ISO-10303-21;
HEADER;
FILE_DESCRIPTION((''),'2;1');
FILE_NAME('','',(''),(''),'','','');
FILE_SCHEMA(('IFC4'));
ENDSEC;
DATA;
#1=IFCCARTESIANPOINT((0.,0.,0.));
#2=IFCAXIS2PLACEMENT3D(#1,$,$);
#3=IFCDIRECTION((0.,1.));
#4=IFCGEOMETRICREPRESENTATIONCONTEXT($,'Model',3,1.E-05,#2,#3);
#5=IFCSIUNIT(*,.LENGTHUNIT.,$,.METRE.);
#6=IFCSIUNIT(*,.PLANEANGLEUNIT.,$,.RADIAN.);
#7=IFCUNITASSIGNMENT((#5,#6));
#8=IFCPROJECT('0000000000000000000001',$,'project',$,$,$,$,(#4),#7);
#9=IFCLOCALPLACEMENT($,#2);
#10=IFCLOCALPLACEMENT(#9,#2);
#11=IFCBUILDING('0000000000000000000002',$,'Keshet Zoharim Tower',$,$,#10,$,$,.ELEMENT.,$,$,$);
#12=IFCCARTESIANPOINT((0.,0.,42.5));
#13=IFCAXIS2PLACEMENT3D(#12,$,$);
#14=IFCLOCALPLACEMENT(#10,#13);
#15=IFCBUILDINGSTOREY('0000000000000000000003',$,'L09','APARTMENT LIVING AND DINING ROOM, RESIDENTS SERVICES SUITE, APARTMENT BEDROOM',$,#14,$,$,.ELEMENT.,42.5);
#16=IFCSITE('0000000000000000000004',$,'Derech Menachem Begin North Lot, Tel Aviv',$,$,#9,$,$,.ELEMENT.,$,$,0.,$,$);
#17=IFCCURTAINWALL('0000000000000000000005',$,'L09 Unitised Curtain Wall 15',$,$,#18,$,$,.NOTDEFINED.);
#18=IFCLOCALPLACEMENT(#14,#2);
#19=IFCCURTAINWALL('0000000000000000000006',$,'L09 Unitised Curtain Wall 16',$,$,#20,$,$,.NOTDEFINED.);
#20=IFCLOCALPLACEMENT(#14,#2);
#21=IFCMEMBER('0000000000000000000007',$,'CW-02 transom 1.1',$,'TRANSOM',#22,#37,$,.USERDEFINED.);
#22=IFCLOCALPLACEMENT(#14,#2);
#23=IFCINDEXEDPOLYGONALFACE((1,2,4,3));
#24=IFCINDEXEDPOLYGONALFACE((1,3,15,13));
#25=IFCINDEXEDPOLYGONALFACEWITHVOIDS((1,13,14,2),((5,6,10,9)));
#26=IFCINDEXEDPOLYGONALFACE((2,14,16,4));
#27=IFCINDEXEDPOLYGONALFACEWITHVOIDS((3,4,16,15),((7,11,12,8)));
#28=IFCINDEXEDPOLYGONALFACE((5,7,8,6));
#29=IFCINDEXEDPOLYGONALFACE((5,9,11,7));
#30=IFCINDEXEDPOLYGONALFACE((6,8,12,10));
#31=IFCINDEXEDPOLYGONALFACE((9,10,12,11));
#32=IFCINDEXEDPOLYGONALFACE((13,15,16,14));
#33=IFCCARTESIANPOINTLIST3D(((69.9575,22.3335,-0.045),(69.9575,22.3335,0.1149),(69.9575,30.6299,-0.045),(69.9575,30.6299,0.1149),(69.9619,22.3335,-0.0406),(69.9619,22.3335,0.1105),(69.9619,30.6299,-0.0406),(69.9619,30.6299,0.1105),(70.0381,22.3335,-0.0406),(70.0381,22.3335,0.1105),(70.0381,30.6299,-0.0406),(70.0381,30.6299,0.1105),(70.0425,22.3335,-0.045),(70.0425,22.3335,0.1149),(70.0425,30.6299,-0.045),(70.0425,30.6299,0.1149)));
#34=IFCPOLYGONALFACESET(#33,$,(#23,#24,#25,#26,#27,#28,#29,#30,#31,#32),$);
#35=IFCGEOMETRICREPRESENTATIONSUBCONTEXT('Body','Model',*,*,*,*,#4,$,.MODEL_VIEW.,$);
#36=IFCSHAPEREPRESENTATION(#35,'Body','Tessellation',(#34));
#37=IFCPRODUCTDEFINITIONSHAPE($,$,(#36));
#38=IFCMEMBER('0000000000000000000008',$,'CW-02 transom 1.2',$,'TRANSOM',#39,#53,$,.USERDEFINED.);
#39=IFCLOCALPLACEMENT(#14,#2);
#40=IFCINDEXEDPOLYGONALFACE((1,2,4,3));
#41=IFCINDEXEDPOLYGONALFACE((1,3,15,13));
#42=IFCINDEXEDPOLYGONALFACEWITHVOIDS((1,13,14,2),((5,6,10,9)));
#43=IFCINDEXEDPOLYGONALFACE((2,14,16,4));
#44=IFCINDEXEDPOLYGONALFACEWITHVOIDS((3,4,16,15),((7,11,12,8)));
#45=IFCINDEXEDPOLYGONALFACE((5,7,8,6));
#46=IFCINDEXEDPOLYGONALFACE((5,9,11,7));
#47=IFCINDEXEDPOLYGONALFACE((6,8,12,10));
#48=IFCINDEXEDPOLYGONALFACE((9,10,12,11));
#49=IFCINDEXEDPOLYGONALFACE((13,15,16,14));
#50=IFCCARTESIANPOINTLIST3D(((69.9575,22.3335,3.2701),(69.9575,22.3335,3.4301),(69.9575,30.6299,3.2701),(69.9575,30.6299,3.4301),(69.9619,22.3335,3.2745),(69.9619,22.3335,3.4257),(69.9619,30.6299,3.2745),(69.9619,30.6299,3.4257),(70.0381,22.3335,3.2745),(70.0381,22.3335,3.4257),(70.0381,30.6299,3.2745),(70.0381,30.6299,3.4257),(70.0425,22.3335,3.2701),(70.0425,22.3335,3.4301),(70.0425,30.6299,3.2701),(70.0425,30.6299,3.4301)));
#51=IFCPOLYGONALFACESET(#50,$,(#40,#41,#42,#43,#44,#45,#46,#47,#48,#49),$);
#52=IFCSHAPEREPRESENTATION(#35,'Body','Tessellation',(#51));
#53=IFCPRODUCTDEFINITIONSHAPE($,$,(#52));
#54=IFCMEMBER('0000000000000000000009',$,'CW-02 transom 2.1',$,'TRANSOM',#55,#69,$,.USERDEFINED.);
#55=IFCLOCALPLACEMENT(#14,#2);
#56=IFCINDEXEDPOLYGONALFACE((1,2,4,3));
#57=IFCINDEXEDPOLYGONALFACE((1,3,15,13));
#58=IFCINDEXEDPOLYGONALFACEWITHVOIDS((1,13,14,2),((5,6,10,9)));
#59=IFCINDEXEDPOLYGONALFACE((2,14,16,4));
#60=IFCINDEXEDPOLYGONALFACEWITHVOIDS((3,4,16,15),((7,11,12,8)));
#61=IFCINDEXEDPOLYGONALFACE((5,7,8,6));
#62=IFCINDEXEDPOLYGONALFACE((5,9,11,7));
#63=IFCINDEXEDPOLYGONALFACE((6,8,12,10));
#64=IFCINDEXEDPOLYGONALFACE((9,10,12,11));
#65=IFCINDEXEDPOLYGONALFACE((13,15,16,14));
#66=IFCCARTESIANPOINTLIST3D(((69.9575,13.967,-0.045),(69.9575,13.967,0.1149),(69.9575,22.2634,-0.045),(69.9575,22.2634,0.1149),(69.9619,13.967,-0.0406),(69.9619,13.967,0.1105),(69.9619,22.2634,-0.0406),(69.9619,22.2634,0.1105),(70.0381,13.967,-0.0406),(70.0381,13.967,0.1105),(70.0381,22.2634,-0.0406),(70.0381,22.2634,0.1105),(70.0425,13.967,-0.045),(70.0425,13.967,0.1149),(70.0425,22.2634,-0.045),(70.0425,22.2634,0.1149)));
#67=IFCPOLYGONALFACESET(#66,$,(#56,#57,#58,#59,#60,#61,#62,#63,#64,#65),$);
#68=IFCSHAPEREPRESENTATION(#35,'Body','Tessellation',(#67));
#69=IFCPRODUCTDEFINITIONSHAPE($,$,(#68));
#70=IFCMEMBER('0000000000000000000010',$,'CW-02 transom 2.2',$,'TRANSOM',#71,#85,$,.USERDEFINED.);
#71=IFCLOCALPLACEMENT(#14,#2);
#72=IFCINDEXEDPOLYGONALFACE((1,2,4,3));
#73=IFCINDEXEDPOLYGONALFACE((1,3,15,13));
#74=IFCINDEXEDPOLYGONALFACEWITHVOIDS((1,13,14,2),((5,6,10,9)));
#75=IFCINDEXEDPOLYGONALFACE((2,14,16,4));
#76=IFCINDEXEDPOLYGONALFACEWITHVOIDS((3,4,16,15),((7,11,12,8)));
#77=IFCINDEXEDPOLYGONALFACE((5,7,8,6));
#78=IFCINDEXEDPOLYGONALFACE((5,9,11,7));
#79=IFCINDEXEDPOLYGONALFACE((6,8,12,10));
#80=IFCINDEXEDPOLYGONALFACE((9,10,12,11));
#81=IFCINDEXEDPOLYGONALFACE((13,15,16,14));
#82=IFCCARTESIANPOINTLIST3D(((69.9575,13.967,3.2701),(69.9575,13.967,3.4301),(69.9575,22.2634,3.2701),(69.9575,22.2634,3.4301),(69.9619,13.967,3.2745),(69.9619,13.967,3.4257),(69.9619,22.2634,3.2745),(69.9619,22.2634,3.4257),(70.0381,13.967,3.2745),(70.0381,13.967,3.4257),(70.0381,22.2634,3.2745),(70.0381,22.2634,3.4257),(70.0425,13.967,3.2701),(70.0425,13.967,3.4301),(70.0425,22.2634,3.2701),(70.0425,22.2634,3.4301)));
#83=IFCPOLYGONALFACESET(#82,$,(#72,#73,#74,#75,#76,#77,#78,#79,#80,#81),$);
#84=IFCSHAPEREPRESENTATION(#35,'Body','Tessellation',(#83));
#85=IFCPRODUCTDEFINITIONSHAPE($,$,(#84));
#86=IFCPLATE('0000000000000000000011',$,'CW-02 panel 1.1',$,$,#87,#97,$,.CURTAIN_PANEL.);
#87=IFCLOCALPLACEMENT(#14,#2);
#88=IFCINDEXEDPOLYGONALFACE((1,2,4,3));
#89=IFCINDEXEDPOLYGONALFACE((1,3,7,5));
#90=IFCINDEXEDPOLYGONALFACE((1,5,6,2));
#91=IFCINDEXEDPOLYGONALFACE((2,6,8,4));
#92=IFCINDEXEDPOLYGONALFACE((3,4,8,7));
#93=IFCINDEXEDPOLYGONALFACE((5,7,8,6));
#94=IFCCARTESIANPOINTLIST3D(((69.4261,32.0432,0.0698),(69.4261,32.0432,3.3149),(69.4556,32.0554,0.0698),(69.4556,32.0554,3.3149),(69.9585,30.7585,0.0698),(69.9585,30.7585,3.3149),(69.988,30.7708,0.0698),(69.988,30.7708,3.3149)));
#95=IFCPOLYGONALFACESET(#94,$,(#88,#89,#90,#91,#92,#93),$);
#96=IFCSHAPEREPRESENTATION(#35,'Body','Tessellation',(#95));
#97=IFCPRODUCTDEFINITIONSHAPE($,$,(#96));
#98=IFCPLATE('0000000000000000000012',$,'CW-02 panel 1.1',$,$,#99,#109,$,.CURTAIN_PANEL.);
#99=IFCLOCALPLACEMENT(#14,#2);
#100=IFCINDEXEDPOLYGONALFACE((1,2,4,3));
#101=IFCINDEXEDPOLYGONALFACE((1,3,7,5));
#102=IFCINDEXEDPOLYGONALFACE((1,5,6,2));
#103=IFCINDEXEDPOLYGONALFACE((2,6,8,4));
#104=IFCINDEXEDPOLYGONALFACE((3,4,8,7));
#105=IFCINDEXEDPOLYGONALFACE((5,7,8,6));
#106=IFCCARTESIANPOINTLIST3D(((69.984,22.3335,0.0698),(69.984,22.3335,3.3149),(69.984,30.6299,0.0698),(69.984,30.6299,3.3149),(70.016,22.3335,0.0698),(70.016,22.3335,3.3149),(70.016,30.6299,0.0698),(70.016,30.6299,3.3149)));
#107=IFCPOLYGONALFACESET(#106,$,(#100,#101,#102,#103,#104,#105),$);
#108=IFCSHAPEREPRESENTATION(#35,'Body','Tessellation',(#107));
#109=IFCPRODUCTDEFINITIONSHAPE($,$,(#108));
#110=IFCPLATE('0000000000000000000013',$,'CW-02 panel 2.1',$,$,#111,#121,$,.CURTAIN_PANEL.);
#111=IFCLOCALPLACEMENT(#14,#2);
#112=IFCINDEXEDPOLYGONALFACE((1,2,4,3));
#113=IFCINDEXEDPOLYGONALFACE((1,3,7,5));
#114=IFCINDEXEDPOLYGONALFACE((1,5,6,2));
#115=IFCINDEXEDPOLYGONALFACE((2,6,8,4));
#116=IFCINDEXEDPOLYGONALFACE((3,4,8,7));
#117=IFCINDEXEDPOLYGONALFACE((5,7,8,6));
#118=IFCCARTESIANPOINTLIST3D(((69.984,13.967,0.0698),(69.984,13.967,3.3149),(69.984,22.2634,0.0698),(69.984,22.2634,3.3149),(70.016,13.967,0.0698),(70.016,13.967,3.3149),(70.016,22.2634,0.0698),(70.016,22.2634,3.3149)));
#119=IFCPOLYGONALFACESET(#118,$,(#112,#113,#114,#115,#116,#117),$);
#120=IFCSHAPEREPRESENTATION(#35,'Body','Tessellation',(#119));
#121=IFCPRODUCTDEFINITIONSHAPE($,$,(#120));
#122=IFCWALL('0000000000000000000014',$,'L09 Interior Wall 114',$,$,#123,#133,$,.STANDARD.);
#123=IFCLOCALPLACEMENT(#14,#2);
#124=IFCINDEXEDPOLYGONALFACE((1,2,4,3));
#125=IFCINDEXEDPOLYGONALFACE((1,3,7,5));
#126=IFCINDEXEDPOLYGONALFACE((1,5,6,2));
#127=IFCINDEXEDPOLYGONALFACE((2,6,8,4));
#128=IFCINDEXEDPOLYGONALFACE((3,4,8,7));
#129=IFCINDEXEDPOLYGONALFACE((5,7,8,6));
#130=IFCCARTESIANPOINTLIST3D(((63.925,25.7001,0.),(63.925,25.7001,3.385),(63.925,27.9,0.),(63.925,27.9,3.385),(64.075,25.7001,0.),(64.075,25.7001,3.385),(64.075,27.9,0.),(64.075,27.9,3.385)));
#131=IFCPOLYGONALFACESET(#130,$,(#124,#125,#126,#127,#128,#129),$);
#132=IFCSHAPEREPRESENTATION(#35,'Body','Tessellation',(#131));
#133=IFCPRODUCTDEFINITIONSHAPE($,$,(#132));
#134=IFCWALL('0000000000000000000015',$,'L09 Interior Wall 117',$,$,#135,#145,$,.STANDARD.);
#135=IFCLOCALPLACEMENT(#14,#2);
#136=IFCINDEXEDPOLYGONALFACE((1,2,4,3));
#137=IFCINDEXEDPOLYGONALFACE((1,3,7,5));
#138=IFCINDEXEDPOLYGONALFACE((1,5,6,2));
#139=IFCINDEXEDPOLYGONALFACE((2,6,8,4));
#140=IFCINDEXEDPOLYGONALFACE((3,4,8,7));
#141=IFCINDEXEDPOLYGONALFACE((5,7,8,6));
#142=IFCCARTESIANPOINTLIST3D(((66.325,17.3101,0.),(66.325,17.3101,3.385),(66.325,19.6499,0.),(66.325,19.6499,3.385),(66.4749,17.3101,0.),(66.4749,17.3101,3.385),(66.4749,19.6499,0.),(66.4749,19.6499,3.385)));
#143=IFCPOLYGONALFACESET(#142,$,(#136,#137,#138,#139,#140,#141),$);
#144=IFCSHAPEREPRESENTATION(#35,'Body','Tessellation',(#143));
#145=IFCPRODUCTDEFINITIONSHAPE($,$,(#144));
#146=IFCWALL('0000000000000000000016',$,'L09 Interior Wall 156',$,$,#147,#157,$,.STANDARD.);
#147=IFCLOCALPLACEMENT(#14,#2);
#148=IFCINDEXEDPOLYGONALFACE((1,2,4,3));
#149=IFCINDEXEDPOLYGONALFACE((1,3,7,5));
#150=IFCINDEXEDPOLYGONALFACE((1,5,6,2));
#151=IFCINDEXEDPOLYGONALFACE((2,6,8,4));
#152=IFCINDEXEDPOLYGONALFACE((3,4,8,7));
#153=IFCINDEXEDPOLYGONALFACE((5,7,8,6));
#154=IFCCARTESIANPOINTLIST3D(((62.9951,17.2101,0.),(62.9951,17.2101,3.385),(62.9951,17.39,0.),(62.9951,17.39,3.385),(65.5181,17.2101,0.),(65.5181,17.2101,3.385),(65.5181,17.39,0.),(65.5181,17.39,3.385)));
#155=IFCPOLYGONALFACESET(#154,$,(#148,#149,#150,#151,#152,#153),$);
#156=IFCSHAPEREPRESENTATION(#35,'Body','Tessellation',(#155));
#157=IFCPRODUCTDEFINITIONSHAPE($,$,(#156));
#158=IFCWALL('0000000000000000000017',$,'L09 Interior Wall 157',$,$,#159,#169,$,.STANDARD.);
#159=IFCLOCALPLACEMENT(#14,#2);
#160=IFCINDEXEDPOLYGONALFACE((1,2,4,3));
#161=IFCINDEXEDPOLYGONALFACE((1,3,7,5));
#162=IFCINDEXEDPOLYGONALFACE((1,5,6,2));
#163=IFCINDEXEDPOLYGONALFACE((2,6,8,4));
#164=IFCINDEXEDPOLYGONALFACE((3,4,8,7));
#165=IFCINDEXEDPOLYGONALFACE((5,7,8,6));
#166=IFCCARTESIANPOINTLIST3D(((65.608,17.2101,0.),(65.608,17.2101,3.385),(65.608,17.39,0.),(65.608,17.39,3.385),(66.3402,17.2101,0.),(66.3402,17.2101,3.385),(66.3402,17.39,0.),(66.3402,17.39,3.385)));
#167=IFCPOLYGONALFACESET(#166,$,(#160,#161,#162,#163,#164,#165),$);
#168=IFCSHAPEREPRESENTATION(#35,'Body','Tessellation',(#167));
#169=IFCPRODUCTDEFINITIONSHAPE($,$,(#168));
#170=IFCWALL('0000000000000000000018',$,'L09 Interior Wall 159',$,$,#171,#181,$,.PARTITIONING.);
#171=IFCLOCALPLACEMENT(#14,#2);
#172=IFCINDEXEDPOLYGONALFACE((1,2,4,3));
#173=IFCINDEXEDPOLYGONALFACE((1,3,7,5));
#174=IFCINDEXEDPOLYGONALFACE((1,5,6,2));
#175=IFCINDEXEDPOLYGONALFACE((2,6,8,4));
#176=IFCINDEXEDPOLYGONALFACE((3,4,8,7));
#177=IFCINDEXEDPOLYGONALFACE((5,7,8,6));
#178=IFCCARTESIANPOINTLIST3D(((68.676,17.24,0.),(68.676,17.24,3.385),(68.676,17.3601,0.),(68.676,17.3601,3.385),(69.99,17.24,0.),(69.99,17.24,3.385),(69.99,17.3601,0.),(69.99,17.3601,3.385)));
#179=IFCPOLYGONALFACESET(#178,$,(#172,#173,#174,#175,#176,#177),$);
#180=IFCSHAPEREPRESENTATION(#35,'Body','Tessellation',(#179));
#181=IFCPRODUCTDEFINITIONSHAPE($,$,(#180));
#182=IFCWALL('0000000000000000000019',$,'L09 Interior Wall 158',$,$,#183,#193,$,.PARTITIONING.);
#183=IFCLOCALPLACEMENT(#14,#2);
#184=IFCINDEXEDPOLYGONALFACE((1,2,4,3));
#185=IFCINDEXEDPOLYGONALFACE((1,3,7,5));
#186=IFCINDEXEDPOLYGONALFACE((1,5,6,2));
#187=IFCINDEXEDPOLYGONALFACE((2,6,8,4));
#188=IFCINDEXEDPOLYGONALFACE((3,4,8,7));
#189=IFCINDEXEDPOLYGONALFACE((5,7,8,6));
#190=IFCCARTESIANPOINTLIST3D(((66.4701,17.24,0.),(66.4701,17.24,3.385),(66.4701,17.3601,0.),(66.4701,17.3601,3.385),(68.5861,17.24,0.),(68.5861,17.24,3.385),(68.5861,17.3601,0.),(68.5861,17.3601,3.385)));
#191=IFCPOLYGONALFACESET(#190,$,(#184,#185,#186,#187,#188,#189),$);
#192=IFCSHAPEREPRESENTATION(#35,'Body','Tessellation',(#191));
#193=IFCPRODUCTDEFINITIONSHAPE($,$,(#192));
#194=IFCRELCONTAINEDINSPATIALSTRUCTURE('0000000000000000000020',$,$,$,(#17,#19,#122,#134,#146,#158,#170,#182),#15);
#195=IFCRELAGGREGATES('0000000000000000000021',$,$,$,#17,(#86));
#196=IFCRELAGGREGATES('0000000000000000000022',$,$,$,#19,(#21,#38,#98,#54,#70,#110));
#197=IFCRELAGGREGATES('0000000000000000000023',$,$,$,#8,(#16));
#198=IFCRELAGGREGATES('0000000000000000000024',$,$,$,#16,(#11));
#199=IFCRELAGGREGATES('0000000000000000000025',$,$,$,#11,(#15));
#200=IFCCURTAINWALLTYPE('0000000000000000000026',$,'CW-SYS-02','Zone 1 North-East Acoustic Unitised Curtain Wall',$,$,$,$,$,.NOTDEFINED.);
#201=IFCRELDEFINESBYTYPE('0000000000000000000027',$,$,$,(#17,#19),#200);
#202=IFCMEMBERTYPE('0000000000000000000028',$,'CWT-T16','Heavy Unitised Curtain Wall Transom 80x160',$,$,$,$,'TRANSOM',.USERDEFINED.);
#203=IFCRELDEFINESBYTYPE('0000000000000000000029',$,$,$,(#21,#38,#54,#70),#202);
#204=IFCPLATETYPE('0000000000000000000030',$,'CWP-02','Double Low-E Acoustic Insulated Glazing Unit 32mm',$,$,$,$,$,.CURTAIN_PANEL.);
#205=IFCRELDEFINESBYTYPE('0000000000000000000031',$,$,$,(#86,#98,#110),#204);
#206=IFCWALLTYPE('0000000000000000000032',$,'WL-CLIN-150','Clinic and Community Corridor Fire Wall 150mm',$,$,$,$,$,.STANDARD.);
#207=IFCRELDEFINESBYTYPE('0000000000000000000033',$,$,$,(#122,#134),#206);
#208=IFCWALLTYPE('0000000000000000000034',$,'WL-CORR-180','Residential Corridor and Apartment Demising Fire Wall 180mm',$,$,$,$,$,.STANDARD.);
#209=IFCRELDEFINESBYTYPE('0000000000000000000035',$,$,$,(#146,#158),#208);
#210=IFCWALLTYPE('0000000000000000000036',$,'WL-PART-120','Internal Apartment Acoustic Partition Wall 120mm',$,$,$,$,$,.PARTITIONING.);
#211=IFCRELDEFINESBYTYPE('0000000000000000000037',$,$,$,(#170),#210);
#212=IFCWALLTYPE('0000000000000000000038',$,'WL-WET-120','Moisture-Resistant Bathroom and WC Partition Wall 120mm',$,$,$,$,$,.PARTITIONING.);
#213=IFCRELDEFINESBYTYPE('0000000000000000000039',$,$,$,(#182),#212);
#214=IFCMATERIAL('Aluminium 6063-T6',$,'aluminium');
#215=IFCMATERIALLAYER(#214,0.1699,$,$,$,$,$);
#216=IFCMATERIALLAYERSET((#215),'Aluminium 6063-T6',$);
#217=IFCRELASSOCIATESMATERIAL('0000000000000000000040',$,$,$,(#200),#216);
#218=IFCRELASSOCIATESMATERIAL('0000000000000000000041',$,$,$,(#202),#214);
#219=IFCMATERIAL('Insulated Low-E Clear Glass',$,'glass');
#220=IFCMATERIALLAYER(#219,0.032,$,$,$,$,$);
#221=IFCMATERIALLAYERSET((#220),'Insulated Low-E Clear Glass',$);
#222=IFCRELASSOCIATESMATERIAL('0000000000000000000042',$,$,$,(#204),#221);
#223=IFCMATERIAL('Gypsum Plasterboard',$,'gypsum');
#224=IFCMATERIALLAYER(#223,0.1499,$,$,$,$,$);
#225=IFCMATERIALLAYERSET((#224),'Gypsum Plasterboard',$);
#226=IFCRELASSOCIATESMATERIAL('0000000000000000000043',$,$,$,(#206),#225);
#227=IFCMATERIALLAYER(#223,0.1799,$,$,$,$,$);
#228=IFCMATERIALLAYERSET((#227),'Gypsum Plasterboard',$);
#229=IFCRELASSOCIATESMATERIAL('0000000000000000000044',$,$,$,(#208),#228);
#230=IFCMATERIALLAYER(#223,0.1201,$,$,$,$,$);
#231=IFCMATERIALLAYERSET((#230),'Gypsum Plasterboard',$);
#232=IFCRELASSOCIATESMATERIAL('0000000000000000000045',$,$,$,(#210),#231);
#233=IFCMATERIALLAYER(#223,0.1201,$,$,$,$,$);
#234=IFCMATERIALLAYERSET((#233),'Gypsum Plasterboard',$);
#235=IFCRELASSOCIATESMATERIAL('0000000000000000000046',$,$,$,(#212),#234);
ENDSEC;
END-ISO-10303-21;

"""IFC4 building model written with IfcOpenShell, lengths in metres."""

from ifc_helpers import new_model, si_unit, direction, frame, frame_2d, origin, origin_2d, place, context, subcontext, project, spatial, rectangle, hollow_rectangle, extrude, material, layer, layer_set, material_profile, profile_set, type_object, element, aggregate, save


model = new_model("IFC4")

# Units and contexts
model_context = context("Model", 3, precision=1e-05, world=origin(), true_north=direction((0.0, 1.0)))
body_context = subcontext(model_context, "Body", "Model", "MODEL_VIEW")
ifc_project = project(units=[si_unit("LENGTHUNIT", "METRE"), si_unit("PLANEANGLEUNIT", "RADIAN")], contexts=[model_context])

# Site, building, storey
site_placement = place(None, origin())
site = spatial("IfcSite", under=ifc_project, at=site_placement, Name="Derech Menachem Begin North Lot, Tel Aviv", CompositionType="ELEMENT", RefElevation=0.0)
building_placement = place(site_placement, origin())
building = spatial("IfcBuilding", under=site, at=building_placement, Name="Keshet Zoharim Tower", CompositionType="ELEMENT")
storey_placement = place(building_placement, frame((0.0, 0.0, 42.5)))
storey = spatial("IfcBuildingStorey", under=building, at=storey_placement, Name="L09", Description="APARTMENT LIVING AND DINING ROOM, RESIDENTS SERVICES SUITE, APARTMENT BEDROOM", CompositionType="ELEMENT", Elevation=42.5)

# Curtain wall
ifc_material_1 = material(Name="Aluminium 6063-T6", Category="aluminium")
ifc_layer_1 = layer(ifc_material_1, 0.1699)
ifc_layer_set_1 = layer_set([ifc_layer_1], Name="Aluminium 6063-T6")
curtain_wall_type = type_object("IfcCurtainWallType", Name="CW-SYS-02", Description="Zone 1 North-East Acoustic Unitised Curtain Wall", PredefinedType="NOTDEFINED", material=ifc_layer_set_1)
curtain_wall_1_placement = place(storey_placement, origin())
curtain_wall_1 = element("IfcCurtainWall", 1, at=curtain_wall_1_placement, inside=storey, type_object=curtain_wall_type, Name="L09 Unitised Curtain Wall 15", PredefinedType="NOTDEFINED")

# Curtain wall, members
curtain_wall_2_placement = place(storey_placement, origin())
curtain_wall_2 = element("IfcCurtainWall", 2, at=curtain_wall_2_placement, inside=storey, type_object=curtain_wall_type, Name="L09 Unitised Curtain Wall 16", PredefinedType="NOTDEFINED")
ifc_material_profile_1 = material_profile(ifc_material_1, hollow_rectangle(XDim=0.085, YDim=0.1599, WallThickness=0.0044, at=origin_2d()), Name="TRN-85x160")
ifc_profile_set_1 = profile_set([ifc_material_profile_1], Name="Aluminium 6063-T6")
member_type_1 = type_object("IfcMemberType", Name="CWT-T16", Description="Heavy Unitised Curtain Wall Transom 80x160", ElementType="TRANSOM", PredefinedType="USERDEFINED", material=ifc_profile_set_1)
member_1_placement = place(storey_placement, frame((70.0, 30.6299, 0.0349), z_axis=(0.0, -1.0, 0.0), x_axis=(1.0, 0.0, 0.0)))
member_1 = element("IfcMember", 3, at=member_1_placement, type_object=member_type_1, Name="CW-02 transom 1.1", ObjectType="TRANSOM", PredefinedType="USERDEFINED", context=body_context, shape_type="SweptSolid", body=[
    extrude(hollow_rectangle(XDim=0.085, YDim=0.1599, WallThickness=0.0044, at=origin_2d()), origin(), (0.0, 0.0, 1.0), 8.2964),
])
member_2_placement = place(storey_placement, frame((70.0, 30.6299, 3.3501), z_axis=(0.0, -1.0, 0.0), x_axis=(1.0, 0.0, 0.0)))
member_2 = element("IfcMember", 4, at=member_2_placement, type_object=member_type_1, Name="CW-02 transom 1.2", ObjectType="TRANSOM", PredefinedType="USERDEFINED", context=body_context, shape_type="SweptSolid", body=[
    extrude(hollow_rectangle(XDim=0.085, YDim=0.1599, WallThickness=0.0044, at=origin_2d()), origin(), (0.0, 0.0, 1.0), 8.2964),
])
member_3_placement = place(storey_placement, frame((70.0, 22.2634, 0.0349), z_axis=(0.0, -1.0, 0.0), x_axis=(1.0, 0.0, 0.0)))
member_3 = element("IfcMember", 5, at=member_3_placement, type_object=member_type_1, Name="CW-02 transom 2.1", ObjectType="TRANSOM", PredefinedType="USERDEFINED", context=body_context, shape_type="SweptSolid", body=[
    extrude(hollow_rectangle(XDim=0.085, YDim=0.1599, WallThickness=0.0044, at=origin_2d()), origin(), (0.0, 0.0, 1.0), 8.2964),
])
member_4_placement = place(storey_placement, frame((70.0, 22.2634, 3.3501), z_axis=(0.0, -1.0, 0.0), x_axis=(1.0, 0.0, 0.0)))
member_4 = element("IfcMember", 6, at=member_4_placement, type_object=member_type_1, Name="CW-02 transom 2.2", ObjectType="TRANSOM", PredefinedType="USERDEFINED", context=body_context, shape_type="SweptSolid", body=[
    extrude(hollow_rectangle(XDim=0.085, YDim=0.1599, WallThickness=0.0044, at=origin_2d()), origin(), (0.0, 0.0, 1.0), 8.2964),
])

# Plates
ifc_material_2 = material(Name="Insulated Low-E Clear Glass", Category="glass")
ifc_layer_2 = layer(ifc_material_2, 0.032)
ifc_layer_set_2 = layer_set([ifc_layer_2], Name="Insulated Low-E Clear Glass")
plate_type = type_object("IfcPlateType", Name="CWP-02", Description="Double Low-E Acoustic Insulated Glazing Unit 32mm", PredefinedType="CURTAIN_PANEL", material=ifc_layer_set_2)
plate_1_placement = place(storey_placement, frame((69.707, 31.407, 0.0698), z_axis=(0.0, 0.0, 1.0), x_axis=(0.382852, -0.92381, 0.0)))
plate_1 = element("IfcPlate", 7, at=plate_1_placement, type_object=plate_type, Name="CW-02 panel 1.1", PredefinedType="CURTAIN_PANEL", context=body_context, shape_type="SweptSolid", body=[
    extrude(rectangle(XDim=1.3906, YDim=0.032, at=origin_2d()), origin(), (0.0, 0.0, 1.0), 3.2451),
])
aggregate(curtain_wall_1, [plate_1])
plate_2_placement = place(storey_placement, frame((70.0, 26.4817, 0.0698), z_axis=(0.0, 0.0, 1.0), x_axis=(0.0, -1.0, 0.0)))
plate_2 = element("IfcPlate", 8, at=plate_2_placement, type_object=plate_type, Name="CW-02 panel 1.1", PredefinedType="CURTAIN_PANEL", context=body_context, shape_type="SweptSolid", body=[
    extrude(rectangle(XDim=8.2964, YDim=0.032, at=origin_2d()), origin(), (0.0, 0.0, 1.0), 3.2451),
])
plate_3_placement = place(storey_placement, frame((70.0, 18.1152, 0.0698), z_axis=(0.0, 0.0, 1.0), x_axis=(0.0, -1.0, 0.0)))
plate_3 = element("IfcPlate", 9, at=plate_3_placement, type_object=plate_type, Name="CW-02 panel 2.1", PredefinedType="CURTAIN_PANEL", context=body_context, shape_type="SweptSolid", body=[
    extrude(rectangle(XDim=8.2964, YDim=0.032, at=origin_2d()), origin(), (0.0, 0.0, 1.0), 3.2451),
])
aggregate(curtain_wall_2, [member_1, member_2, plate_2, member_3, member_4, plate_3])

# Walls
ifc_material_3 = material(Name="Gypsum Plasterboard", Category="gypsum")
ifc_layer_3 = layer(ifc_material_3, 0.1499)
ifc_layer_set_3 = layer_set([ifc_layer_3], Name="Gypsum Plasterboard")
wall_type_1 = type_object("IfcWallType", Name="WL-CLIN-150", Description="Clinic and Community Corridor Fire Wall 150mm", PredefinedType="STANDARD", material=ifc_layer_set_3)
wall_1_placement = place(storey_placement, frame((64.0, 25.7, 0.0), z_axis=(0.0, 0.0, 1.0), x_axis=(0.0, 1.0, 0.0)))
element("IfcWall", 10, at=wall_1_placement, inside=storey, type_object=wall_type_1, Name="L09 Interior Wall 114", PredefinedType="STANDARD", context=body_context, shape_type="SweptSolid", body=[
    extrude(rectangle(XDim=2.2, YDim=0.1499, at=frame_2d((1.1001, 0.0))), origin(), (0.0, 0.0, 1.0), 3.385),
])
wall_2_placement = place(storey_placement, frame((66.3999, 17.3101, 0.0), z_axis=(0.0, 0.0, 1.0), x_axis=(0.0, 1.0, 0.0)))
element("IfcWall", 11, at=wall_2_placement, inside=storey, type_object=wall_type_1, Name="L09 Interior Wall 117", PredefinedType="STANDARD", context=body_context, shape_type="SweptSolid", body=[
    extrude(rectangle(XDim=2.3398, YDim=0.1499, at=frame_2d((1.1699, 0.0))), origin(), (0.0, 0.0, 1.0), 3.385),
])

# Shared definitions
ifc_layer_4 = layer(ifc_material_3, 0.1799)
ifc_layer_set_4 = layer_set([ifc_layer_4], Name="Gypsum Plasterboard")
wall_type_2 = type_object("IfcWallType", Name="WL-CORR-180", Description="Residential Corridor and Apartment Demising Fire Wall 180mm", PredefinedType="STANDARD", material=ifc_layer_set_4)

# Walls
wall_3_placement = place(storey_placement, frame((62.9951, 17.3, 0.0), z_axis=(0.0, 0.0, 1.0), x_axis=(1.0, 0.0, 0.0)))
element("IfcWall", 12, at=wall_3_placement, inside=storey, type_object=wall_type_2, Name="L09 Interior Wall 156", PredefinedType="STANDARD", context=body_context, shape_type="SweptSolid", body=[
    extrude(rectangle(XDim=2.5229, YDim=0.1799, at=frame_2d((1.2615, 0.0))), origin(), (0.0, 0.0, 1.0), 3.385),
])
wall_4_placement = place(storey_placement, frame((65.6079, 17.3, 0.0), z_axis=(0.0, 0.0, 1.0), x_axis=(1.0, 0.0, 0.0)))
element("IfcWall", 13, at=wall_4_placement, inside=storey, type_object=wall_type_2, Name="L09 Interior Wall 157", PredefinedType="STANDARD", context=body_context, shape_type="SweptSolid", body=[
    extrude(rectangle(XDim=0.7322, YDim=0.1799, at=frame_2d((0.3662, 0.0))), origin(), (0.0, 0.0, 1.0), 3.385),
])
ifc_layer_5 = layer(ifc_material_3, 0.1201)
ifc_layer_set_5 = layer_set([ifc_layer_5], Name="Gypsum Plasterboard")
wall_type_3 = type_object("IfcWallType", Name="WL-PART-120", Description="Internal Apartment Acoustic Partition Wall 120mm", PredefinedType="PARTITIONING", material=ifc_layer_set_5)
wall_5_placement = place(storey_placement, frame((68.676, 17.3, 0.0), z_axis=(0.0, 0.0, 1.0), x_axis=(1.0, 0.0, 0.0)))
element("IfcWall", 14, at=wall_5_placement, inside=storey, type_object=wall_type_3, Name="L09 Interior Wall 159", PredefinedType="PARTITIONING", context=body_context, shape_type="SweptSolid", body=[
    extrude(rectangle(XDim=1.314, YDim=0.1201, at=frame_2d((0.657, 0.0))), origin(), (0.0, 0.0, 1.0), 3.385),
])
ifc_layer_6 = layer(ifc_material_3, 0.1201)
ifc_layer_set_6 = layer_set([ifc_layer_6], Name="Gypsum Plasterboard")
wall_type_4 = type_object("IfcWallType", Name="WL-WET-120", Description="Moisture-Resistant Bathroom and WC Partition Wall 120mm", PredefinedType="PARTITIONING", material=ifc_layer_set_6)
wall_6_placement = place(storey_placement, frame((66.47, 17.3, 0.0), z_axis=(0.0, 0.0, 1.0), x_axis=(1.0, 0.0, 0.0)))
element("IfcWall", 15, at=wall_6_placement, inside=storey, type_object=wall_type_4, Name="L09 Interior Wall 158", PredefinedType="PARTITIONING", context=body_context, shape_type="SweptSolid", body=[
    extrude(rectangle(XDim=2.116, YDim=0.1201, at=frame_2d((1.0581, 0.0))), origin(), (0.0, 0.0, 1.0), 3.385),
])

save(model, "model.ifc")
